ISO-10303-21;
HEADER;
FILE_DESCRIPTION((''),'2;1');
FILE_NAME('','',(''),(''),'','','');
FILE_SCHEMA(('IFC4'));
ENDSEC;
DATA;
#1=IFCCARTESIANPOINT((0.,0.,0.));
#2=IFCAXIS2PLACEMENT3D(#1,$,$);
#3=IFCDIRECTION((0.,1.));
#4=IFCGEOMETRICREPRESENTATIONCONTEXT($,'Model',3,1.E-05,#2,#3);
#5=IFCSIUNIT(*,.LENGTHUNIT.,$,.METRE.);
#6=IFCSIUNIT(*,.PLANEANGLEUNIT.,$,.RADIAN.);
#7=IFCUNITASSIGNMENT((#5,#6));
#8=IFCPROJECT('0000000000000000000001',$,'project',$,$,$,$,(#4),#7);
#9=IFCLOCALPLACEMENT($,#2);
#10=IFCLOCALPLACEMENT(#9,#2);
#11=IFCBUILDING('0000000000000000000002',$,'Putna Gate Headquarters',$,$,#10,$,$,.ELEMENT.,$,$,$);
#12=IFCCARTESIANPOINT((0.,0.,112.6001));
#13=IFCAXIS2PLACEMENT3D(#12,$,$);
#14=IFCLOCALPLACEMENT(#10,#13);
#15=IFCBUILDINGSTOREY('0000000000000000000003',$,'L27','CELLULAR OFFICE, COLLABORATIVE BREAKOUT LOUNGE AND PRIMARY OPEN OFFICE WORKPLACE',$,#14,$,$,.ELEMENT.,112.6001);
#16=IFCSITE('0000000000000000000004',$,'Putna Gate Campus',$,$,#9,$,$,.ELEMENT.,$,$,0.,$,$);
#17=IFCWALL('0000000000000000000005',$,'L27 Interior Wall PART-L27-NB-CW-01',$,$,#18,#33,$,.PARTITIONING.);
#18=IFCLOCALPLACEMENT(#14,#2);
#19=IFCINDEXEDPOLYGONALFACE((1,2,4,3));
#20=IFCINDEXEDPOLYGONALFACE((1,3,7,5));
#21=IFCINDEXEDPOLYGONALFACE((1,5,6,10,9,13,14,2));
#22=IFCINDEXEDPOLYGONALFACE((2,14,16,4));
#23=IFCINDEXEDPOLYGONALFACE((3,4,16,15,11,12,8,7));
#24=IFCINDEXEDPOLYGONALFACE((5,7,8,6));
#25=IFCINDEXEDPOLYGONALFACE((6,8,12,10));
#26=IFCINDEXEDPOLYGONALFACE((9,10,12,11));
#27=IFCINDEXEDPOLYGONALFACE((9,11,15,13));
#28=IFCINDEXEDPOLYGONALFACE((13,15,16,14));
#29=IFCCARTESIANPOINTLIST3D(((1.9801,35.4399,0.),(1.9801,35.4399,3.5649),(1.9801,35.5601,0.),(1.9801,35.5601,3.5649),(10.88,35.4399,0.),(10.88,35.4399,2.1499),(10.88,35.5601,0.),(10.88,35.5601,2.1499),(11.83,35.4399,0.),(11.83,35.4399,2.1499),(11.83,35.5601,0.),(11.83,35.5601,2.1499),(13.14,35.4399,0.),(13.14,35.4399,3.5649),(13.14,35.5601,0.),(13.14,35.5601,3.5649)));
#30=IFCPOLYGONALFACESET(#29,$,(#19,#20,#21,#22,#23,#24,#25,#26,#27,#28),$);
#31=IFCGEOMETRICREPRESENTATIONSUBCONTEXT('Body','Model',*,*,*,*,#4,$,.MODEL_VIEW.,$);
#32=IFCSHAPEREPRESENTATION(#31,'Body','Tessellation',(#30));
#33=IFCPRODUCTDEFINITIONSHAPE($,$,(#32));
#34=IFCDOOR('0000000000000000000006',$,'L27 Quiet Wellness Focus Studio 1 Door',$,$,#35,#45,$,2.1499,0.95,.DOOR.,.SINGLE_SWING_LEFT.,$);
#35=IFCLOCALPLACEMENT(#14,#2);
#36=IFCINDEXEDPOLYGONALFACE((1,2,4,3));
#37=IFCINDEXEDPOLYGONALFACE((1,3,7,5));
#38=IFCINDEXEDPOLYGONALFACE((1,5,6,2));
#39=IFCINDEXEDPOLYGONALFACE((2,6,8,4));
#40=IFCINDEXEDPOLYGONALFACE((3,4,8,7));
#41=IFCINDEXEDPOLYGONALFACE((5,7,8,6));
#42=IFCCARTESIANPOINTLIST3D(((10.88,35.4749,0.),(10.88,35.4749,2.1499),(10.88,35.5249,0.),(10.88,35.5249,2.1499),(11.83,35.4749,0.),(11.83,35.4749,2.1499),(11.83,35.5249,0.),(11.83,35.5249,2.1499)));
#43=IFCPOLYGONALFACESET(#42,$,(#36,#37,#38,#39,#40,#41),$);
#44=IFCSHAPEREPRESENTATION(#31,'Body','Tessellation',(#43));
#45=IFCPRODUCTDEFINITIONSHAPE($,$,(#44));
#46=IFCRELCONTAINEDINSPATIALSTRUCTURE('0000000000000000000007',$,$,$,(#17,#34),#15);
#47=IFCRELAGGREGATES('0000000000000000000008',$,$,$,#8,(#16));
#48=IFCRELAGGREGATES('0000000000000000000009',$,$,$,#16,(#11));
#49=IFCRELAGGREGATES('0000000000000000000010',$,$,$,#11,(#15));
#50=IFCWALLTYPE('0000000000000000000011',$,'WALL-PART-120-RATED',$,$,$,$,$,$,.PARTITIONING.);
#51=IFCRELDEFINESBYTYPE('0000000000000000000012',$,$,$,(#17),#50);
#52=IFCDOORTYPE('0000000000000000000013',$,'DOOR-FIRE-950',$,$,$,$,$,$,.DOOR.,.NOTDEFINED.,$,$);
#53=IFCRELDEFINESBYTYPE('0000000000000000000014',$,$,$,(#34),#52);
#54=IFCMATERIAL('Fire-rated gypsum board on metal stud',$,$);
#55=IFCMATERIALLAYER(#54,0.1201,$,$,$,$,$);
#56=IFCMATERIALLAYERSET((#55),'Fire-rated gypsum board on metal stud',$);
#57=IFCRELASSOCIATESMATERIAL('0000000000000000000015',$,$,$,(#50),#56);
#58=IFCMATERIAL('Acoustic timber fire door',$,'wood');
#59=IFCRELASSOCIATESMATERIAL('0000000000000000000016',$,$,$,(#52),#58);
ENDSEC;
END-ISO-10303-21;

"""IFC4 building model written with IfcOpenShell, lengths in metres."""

from ifc_helpers import new_model, si_unit, direction, frame, frame_2d, origin, place, context, subcontext, project, spatial, rectangle, extrude, material, layer, layer_set, type_object, element, fill, save


model = new_model("IFC4")

# Units and contexts
model_context = context("Model", 3, precision=1e-05, world=origin(), true_north=direction((0.0, 1.0)))
body_context = subcontext(model_context, "Body", "Model", "MODEL_VIEW")
ifc_project = project(units=[si_unit("LENGTHUNIT", "METRE"), si_unit("PLANEANGLEUNIT", "RADIAN")], contexts=[model_context])

# Site, building, storey
site_placement = place(None, origin())
site = spatial("IfcSite", under=ifc_project, at=site_placement, Name="Putna Gate Campus", CompositionType="ELEMENT", RefElevation=0.0)
building_placement = place(site_placement, origin())
building = spatial("IfcBuilding", under=site, at=building_placement, Name="Putna Gate Headquarters", CompositionType="ELEMENT")
storey_placement = place(building_placement, frame((0.0, 0.0, 112.6001)))
storey = spatial("IfcBuildingStorey", under=building, at=storey_placement, Name="L27", Description="CELLULAR OFFICE, COLLABORATIVE BREAKOUT LOUNGE AND PRIMARY OPEN OFFICE WORKPLACE", CompositionType="ELEMENT", Elevation=112.6001)

# Shared definitions
ifc_material_1 = material(Name="Fire-rated gypsum board on metal stud")
ifc_layer_1 = layer(ifc_material_1, 0.1201)
ifc_layer_set_1 = layer_set([ifc_layer_1], Name="Fire-rated gypsum board on metal stud")
wall_type_1 = type_object("IfcWallType", Name="WALL-PART-120-RATED", PredefinedType="PARTITIONING", material=ifc_layer_set_1)
ifc_material_2 = material(Name="Acoustic timber fire door", Category="wood")
door_type_1 = type_object("IfcDoorType", Name="DOOR-FIRE-950", OperationType="NOTDEFINED", PredefinedType="DOOR", material=ifc_material_2)

# Wall, opening, door
wall_1_placement = place(storey_placement, frame((1.98, 35.5, 0.0), z_axis=(0.0, 0.0, 1.0), x_axis=(1.0, 0.0, 0.0)))
wall_1 = element("IfcWall", 1, at=wall_1_placement, inside=storey, type_object=wall_type_1, Name="L27 Interior Wall PART-L27-NB-CW-01", PredefinedType="PARTITIONING", context=body_context, shape_type="SweptSolid", body=[
    extrude(rectangle(XDim=11.1599, YDim=0.1201, at=frame_2d((5.5801, 0.0))), origin(), (0.0, 0.0, 1.0), 3.5649),
])
opening_1_placement = place(wall_1_placement, frame((8.8999, 0.0, 0.0)))
opening_1 = element("IfcOpeningElement", 2, at=opening_1_placement, cuts=wall_1, PredefinedType="OPENING", context=body_context, shape_type="SweptSolid", body=[
    extrude(rectangle(XDim=0.95, YDim=2.1499, at=frame_2d((0.4751, 1.075))), frame((0.0, 0.0701, 0.0), z_axis=(0.0, -1.0, 0.0), x_axis=(1.0, 0.0, 0.0)), (0.0, 0.0, 1.0), 0.1401),
])
door_1_placement = place(opening_1_placement, origin())
door_1 = element("IfcDoor", 3, at=door_1_placement, inside=storey, type_object=door_type_1, Name="L27 Quiet Wellness Focus Studio 1 Door", OperationType="SINGLE_SWING_LEFT", OverallHeight=2.1499, OverallWidth=0.95, PredefinedType="DOOR", context=body_context, shape_type="SweptSolid", body=[
    extrude(rectangle(XDim=0.95, YDim=2.1499, at=frame_2d((0.4751, 1.075))), frame((0.0, 0.0249, 0.0), z_axis=(0.0, -1.0, 0.0), x_axis=(1.0, 0.0, 0.0)), (0.0, 0.0, 1.0), 0.05),
])
fill(opening_1, door_1)

save(model, "model.ifc")
